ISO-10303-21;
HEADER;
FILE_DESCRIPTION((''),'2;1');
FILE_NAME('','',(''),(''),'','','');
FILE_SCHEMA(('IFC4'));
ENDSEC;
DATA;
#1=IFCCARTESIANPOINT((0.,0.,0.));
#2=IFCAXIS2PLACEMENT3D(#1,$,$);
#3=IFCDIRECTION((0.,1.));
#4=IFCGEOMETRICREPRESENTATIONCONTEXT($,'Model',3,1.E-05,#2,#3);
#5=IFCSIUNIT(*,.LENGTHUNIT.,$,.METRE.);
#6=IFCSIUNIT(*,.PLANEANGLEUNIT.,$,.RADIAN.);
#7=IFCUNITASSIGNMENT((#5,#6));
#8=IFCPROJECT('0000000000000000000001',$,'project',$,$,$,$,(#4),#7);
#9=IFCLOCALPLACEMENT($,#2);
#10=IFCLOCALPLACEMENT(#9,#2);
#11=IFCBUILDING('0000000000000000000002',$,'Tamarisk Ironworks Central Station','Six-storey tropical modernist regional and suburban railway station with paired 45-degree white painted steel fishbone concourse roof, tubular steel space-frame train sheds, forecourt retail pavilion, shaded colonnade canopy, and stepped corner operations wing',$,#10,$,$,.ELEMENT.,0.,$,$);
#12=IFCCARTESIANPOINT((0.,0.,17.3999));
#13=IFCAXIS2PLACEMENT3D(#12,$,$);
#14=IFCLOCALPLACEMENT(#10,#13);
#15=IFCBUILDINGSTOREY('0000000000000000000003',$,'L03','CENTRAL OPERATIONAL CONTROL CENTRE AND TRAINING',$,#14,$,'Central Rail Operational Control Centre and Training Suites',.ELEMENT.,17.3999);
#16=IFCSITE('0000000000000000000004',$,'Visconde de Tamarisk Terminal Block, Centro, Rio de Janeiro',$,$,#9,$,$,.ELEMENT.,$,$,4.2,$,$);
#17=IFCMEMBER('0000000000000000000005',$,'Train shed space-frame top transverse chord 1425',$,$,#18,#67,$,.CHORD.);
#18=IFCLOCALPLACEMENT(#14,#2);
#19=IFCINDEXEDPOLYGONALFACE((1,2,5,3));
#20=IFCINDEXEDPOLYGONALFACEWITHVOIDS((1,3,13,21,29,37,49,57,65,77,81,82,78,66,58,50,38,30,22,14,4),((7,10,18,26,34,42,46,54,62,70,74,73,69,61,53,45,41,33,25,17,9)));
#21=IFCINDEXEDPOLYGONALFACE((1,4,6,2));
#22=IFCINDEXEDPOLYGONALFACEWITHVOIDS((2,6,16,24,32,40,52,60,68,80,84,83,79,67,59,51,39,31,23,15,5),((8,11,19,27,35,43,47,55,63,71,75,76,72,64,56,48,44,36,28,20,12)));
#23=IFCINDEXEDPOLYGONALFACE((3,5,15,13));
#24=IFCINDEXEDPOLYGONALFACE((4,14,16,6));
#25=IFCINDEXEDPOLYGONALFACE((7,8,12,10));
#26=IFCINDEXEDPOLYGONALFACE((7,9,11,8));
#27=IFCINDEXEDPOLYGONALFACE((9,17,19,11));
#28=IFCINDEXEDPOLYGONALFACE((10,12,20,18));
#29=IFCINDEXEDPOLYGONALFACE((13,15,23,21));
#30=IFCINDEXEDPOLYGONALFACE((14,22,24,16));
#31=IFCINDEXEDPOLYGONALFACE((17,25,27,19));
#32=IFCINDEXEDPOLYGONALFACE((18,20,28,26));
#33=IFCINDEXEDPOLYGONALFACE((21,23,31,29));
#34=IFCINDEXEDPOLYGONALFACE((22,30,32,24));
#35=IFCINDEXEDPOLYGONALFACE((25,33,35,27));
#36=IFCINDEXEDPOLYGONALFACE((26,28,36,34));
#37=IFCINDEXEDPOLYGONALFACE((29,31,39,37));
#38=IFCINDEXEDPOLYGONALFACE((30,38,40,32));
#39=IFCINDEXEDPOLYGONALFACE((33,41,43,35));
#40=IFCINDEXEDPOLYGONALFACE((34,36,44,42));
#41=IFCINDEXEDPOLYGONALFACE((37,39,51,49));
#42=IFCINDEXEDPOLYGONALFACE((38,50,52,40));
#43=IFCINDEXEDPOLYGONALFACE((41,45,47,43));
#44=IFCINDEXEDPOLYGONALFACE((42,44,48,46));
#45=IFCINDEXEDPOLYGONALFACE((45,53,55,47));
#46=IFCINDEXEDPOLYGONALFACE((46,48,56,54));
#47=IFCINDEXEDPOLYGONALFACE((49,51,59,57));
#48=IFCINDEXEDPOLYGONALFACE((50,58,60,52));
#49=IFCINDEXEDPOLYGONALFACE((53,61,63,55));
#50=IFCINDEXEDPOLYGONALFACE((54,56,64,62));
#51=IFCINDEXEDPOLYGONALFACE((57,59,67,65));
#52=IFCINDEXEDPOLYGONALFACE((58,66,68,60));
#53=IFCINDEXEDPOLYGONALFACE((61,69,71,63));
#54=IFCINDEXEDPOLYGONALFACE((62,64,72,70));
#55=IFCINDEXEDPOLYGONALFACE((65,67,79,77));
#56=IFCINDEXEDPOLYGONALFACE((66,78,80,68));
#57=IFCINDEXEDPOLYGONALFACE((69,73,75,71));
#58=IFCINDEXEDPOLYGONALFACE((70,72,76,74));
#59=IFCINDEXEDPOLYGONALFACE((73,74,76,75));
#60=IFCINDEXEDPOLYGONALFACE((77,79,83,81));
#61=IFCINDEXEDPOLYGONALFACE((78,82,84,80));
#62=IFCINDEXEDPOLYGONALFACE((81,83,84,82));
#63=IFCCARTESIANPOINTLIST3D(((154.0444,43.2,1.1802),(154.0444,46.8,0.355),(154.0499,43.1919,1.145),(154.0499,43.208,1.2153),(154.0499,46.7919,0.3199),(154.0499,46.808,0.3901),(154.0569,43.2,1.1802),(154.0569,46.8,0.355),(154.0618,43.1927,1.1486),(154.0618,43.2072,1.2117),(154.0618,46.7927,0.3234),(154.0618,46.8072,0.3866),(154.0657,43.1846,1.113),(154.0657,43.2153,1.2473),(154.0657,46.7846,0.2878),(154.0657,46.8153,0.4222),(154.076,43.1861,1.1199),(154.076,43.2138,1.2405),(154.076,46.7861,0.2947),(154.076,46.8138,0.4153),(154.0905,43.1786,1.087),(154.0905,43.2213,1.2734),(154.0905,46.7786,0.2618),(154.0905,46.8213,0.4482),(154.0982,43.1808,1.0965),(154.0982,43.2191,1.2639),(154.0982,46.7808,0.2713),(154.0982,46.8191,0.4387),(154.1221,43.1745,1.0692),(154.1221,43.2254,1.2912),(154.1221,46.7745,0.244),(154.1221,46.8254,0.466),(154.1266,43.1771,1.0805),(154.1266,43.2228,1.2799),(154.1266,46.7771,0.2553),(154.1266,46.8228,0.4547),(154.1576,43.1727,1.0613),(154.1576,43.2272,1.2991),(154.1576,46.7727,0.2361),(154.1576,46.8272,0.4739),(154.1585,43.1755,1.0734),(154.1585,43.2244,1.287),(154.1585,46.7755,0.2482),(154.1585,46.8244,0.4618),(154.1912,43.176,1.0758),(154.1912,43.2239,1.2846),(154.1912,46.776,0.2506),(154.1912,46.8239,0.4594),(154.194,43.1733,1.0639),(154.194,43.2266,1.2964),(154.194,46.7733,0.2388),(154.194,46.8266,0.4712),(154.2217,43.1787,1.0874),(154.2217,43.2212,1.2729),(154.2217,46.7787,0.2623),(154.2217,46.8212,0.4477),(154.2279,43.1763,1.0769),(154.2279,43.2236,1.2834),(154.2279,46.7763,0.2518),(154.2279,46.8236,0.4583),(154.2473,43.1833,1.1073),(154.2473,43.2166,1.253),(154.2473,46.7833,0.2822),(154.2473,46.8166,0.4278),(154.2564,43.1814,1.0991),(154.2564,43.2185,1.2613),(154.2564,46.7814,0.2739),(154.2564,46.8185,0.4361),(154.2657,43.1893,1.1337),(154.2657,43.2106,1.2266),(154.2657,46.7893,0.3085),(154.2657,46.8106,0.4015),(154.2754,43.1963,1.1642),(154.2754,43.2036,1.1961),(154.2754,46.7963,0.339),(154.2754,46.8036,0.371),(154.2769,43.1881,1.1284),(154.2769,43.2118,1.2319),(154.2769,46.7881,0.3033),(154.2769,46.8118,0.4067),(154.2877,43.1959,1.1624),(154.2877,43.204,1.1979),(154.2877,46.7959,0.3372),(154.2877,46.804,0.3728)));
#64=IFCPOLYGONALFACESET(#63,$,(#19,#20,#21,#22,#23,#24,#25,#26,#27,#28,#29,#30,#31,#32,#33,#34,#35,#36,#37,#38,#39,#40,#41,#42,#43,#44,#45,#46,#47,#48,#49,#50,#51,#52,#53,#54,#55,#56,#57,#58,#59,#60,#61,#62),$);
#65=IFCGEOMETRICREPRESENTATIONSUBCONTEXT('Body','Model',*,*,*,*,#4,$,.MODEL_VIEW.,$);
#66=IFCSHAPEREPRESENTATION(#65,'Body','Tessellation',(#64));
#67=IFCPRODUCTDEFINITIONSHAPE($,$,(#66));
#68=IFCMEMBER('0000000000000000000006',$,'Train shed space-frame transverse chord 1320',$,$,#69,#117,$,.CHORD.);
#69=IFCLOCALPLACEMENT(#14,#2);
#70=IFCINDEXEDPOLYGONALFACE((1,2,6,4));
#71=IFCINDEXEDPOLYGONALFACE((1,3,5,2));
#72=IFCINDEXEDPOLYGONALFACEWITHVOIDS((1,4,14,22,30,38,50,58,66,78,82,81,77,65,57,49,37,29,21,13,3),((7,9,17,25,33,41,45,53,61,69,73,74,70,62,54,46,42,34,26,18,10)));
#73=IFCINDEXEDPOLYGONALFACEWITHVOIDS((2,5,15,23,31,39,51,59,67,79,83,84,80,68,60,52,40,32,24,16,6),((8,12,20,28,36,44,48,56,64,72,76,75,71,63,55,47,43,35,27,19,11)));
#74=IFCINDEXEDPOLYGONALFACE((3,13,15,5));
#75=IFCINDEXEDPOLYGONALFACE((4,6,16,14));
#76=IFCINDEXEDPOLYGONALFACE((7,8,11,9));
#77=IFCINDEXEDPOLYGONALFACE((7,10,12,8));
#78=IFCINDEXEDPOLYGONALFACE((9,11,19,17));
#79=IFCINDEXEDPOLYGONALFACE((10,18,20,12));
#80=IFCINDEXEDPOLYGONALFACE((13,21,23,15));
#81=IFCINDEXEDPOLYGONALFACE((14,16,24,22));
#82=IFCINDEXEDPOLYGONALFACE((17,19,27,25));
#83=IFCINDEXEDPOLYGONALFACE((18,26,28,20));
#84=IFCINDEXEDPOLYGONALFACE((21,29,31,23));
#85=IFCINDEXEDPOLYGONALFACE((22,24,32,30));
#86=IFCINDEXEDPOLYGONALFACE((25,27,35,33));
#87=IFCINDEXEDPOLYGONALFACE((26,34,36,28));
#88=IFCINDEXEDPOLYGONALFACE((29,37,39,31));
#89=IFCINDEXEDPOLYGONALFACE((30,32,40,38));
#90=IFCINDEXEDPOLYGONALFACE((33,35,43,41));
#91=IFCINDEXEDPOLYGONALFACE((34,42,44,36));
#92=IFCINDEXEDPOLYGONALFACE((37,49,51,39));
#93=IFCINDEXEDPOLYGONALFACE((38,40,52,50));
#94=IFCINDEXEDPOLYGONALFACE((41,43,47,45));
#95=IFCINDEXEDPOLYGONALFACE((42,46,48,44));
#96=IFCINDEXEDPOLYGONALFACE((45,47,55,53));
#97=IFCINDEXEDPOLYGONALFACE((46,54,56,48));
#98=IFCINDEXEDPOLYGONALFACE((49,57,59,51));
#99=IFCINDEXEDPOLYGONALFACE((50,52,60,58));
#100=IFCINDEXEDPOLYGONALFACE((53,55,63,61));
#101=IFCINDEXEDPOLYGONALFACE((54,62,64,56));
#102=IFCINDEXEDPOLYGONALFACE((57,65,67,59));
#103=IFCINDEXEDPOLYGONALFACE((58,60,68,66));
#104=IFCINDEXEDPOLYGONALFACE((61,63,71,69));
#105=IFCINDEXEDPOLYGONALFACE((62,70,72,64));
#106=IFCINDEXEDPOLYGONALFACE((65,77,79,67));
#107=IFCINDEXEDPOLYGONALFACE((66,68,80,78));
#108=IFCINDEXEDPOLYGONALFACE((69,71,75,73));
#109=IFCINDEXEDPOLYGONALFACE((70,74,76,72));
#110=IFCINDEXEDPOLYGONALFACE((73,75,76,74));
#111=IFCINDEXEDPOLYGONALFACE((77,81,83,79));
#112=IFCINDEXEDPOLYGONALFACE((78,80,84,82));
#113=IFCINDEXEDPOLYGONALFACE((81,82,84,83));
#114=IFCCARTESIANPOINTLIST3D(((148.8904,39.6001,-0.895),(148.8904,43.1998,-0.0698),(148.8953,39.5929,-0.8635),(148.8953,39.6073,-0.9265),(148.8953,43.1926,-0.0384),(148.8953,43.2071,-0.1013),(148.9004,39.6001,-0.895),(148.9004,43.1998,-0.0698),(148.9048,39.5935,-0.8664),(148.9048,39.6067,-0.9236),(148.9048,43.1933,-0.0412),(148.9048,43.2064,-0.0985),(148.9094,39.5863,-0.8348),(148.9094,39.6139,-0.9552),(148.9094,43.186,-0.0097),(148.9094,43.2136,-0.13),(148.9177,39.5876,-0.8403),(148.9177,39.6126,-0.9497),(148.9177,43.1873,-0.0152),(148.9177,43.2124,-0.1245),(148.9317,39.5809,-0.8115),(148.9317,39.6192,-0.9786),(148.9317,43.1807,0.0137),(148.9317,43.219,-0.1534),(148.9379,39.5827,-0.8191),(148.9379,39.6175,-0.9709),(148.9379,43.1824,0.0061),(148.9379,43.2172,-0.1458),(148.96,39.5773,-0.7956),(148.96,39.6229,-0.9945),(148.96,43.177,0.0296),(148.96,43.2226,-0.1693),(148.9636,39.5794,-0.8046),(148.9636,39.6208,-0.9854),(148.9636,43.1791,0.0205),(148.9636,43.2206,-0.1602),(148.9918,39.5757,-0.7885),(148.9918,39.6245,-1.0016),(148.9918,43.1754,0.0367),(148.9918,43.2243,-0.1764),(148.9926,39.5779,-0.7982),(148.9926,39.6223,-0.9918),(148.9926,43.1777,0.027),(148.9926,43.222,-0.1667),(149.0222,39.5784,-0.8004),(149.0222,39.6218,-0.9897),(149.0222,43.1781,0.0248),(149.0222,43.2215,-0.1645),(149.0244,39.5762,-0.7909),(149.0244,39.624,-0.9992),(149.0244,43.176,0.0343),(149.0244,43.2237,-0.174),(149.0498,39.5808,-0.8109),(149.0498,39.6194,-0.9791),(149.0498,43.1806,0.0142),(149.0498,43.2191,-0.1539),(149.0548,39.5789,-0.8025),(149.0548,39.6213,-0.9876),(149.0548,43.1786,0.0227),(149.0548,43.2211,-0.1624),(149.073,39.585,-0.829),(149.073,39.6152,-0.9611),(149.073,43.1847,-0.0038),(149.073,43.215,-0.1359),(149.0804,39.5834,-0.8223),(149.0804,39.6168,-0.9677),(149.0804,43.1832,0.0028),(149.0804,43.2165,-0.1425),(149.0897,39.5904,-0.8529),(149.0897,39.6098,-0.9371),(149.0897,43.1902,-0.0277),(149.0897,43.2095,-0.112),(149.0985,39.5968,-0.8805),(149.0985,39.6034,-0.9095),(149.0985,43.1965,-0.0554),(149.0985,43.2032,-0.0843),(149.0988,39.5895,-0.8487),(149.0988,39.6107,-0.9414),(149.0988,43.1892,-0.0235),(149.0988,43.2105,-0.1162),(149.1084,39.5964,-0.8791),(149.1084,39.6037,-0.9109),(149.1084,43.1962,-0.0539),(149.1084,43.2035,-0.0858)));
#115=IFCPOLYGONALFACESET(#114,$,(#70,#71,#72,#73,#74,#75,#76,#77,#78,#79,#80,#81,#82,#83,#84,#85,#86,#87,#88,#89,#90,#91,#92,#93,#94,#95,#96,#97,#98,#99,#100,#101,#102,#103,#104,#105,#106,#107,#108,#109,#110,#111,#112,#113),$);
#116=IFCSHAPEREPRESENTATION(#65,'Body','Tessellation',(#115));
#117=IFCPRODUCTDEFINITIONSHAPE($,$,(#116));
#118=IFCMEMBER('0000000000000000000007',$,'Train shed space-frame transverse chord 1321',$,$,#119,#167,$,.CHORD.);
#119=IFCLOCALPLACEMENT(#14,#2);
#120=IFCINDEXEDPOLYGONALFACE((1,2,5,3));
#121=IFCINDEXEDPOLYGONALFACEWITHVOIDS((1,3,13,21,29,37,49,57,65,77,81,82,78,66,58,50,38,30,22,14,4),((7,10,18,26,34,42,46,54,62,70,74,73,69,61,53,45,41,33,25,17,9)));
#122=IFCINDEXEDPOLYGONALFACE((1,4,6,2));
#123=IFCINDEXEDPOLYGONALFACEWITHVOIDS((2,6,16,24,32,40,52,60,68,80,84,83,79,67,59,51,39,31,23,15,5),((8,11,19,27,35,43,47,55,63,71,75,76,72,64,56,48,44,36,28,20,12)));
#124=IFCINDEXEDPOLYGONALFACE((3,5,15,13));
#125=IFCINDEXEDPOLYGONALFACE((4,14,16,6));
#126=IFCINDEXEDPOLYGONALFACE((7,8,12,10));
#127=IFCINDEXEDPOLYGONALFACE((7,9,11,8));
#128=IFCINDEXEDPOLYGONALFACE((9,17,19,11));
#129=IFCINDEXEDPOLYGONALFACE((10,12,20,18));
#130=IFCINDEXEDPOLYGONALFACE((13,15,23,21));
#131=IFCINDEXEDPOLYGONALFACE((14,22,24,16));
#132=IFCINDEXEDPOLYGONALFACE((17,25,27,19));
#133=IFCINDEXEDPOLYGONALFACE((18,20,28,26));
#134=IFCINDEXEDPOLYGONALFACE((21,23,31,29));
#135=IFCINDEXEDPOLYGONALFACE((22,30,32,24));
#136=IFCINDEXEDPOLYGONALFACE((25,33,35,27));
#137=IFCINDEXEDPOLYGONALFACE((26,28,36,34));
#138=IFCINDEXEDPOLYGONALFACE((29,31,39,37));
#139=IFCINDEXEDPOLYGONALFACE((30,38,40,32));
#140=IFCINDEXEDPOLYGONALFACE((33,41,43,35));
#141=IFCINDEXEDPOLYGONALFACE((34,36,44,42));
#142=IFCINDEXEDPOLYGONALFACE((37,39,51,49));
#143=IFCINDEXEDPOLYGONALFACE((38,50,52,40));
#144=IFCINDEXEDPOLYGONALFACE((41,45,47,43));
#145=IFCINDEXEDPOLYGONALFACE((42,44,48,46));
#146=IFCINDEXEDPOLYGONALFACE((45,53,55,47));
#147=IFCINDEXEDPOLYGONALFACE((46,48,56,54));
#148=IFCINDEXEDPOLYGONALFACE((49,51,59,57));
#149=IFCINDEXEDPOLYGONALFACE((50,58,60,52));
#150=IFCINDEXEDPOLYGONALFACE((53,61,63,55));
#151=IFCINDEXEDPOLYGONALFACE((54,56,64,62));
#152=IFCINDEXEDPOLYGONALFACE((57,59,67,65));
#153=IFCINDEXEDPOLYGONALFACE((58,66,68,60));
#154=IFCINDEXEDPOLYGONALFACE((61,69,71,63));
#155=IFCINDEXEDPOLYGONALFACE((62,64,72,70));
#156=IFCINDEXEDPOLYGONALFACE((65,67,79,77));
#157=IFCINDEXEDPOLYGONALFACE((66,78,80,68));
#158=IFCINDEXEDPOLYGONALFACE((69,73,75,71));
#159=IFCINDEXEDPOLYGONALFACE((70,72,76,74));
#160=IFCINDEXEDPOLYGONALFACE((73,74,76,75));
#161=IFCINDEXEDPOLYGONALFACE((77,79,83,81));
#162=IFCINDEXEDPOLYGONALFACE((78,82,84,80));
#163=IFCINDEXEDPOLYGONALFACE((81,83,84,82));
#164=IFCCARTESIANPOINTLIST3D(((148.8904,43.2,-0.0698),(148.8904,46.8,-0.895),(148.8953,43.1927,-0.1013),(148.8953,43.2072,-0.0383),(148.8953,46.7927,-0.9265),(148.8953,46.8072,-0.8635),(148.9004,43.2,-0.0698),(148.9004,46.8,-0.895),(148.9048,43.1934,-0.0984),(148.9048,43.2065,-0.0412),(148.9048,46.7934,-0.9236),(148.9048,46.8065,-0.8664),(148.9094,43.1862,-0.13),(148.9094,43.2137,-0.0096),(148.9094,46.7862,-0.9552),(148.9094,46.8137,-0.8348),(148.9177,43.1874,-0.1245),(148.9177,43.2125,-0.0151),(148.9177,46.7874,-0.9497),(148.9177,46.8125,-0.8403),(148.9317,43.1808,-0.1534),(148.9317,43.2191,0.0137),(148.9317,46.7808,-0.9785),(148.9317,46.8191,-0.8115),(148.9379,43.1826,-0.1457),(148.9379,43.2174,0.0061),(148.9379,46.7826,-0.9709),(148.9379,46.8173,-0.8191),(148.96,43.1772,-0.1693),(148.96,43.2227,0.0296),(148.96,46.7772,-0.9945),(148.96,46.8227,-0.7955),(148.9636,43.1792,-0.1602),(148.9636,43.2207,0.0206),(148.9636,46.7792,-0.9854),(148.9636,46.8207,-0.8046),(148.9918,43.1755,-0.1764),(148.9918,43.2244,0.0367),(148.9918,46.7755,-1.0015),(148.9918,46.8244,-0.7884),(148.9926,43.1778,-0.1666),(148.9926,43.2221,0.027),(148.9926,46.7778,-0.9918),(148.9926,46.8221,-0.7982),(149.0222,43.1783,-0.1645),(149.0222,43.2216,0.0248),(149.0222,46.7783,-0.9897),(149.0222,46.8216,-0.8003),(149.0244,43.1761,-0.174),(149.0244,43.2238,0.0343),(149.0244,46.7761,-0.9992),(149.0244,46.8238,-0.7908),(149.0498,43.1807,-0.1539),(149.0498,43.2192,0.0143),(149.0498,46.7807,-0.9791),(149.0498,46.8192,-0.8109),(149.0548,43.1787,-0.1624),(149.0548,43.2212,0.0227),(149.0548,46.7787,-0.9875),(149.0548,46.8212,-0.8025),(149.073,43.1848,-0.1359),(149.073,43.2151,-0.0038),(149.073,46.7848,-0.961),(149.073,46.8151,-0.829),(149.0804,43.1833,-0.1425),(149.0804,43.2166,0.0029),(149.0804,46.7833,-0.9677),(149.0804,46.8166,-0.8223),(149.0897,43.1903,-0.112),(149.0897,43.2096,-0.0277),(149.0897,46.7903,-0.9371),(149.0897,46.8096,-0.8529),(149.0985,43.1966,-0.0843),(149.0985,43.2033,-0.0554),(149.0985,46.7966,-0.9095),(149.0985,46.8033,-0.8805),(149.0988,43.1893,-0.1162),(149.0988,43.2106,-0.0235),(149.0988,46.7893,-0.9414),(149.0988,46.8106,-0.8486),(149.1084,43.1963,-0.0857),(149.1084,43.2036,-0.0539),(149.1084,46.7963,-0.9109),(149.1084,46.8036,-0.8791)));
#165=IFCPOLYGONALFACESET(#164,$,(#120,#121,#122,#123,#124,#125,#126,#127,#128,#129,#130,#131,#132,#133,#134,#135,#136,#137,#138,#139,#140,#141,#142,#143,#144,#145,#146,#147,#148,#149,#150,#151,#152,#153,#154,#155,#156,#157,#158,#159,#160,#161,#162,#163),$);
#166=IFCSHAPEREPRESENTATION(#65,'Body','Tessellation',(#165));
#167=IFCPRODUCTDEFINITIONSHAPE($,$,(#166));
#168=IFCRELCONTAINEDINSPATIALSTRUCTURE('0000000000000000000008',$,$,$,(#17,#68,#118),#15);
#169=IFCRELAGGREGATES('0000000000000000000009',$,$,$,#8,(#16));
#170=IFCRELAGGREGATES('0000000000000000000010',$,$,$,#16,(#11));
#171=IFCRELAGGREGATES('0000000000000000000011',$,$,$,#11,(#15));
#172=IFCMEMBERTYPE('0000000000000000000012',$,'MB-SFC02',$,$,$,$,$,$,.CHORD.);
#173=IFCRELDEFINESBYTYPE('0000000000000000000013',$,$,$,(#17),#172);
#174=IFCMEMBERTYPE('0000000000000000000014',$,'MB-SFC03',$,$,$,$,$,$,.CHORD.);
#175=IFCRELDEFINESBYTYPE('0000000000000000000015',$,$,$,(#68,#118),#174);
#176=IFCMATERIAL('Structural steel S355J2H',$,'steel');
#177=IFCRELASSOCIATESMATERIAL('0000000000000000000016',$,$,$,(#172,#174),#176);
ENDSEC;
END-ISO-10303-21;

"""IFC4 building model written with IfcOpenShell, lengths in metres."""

from ifc_helpers import new_model, si_unit, direction, frame, origin, origin_2d, place, context, subcontext, project, spatial, hollow_circle, extrude, material, material_profile, profile_set, type_object, element, save


model = new_model("IFC4")

# Units and contexts
model_context = context("Model", 3, precision=1e-05, world=origin(), true_north=direction((0.0, 1.0)))
body_context = subcontext(model_context, "Body", "Model", "MODEL_VIEW")
ifc_project = project(units=[si_unit("LENGTHUNIT", "METRE"), si_unit("PLANEANGLEUNIT", "RADIAN")], contexts=[model_context])

# Site, building, storey
site_placement = place(None, origin())
site = spatial("IfcSite", under=ifc_project, at=site_placement, Name="Visconde de Tamarisk Terminal Block, Centro, Rio de Janeiro", CompositionType="ELEMENT", RefElevation=4.2)
building_placement = place(site_placement, origin())
building = spatial("IfcBuilding", under=site, at=building_placement, Name="Tamarisk Ironworks Central Station", Description="Six-storey tropical modernist regional and suburban railway station with paired 45-degree white painted steel fishbone concourse roof, tubular steel space-frame train sheds, forecourt retail pavilion, shaded colonnade canopy, and stepped corner operations wing", CompositionType="ELEMENT", ElevationOfRefHeight=0.0)
storey_placement = place(building_placement, frame((0.0, 0.0, 17.3999)))
storey = spatial("IfcBuildingStorey", under=building, at=storey_placement, Name="L03", Description="CENTRAL OPERATIONAL CONTROL CENTRE AND TRAINING", LongName="Central Rail Operational Control Centre and Training Suites", CompositionType="ELEMENT", Elevation=17.3999)

# Members
ifc_material = material(Name="Structural steel S355J2H", Category="steel")
ifc_material_profile_1 = material_profile(ifc_material, hollow_circle(Radius=0.1223, WallThickness=0.0125, at=origin_2d()), Name="CHS 244.5x12.5")
ifc_profile_set_1 = profile_set([ifc_material_profile_1], Name="Structural steel S355J2H")
member_type_1 = type_object("IfcMemberType", Name="MB-SFC02", PredefinedType="CHORD", material=ifc_profile_set_1)
member_1_placement = place(storey_placement, frame((154.1667, 43.2, 1.1802), z_axis=(0.0, 0.974722, -0.223421), x_axis=(-1.0, 0.0, 0.0)))
element("IfcMember", 1, at=member_1_placement, inside=storey, type_object=member_type_1, Name="Train shed space-frame top transverse chord 1425", PredefinedType="CHORD", context=body_context, shape_type="SweptSolid", body=[
    extrude(hollow_circle(Radius=0.1223, WallThickness=0.0125, at=origin_2d()), origin(), (0.0, 0.0, 1.0), 3.6934),
])
ifc_material_profile_2 = material_profile(ifc_material, hollow_circle(Radius=0.1096, WallThickness=0.01, at=origin_2d()), Name="CHS 219.1x10")
ifc_profile_set_2 = profile_set([ifc_material_profile_2], Name="Structural steel S355J2H")
member_type_2 = type_object("IfcMemberType", Name="MB-SFC03", PredefinedType="CHORD", material=ifc_profile_set_2)
member_2_placement = place(storey_placement, frame((149.0, 39.6001, -0.895), z_axis=(0.0, 0.974719, 0.223435), x_axis=(-1.0, 0.0, 0.0)))
element("IfcMember", 2, at=member_2_placement, inside=storey, type_object=member_type_2, Name="Train shed space-frame transverse chord 1320", PredefinedType="CHORD", context=body_context, shape_type="SweptSolid", body=[
    extrude(hollow_circle(Radius=0.1096, WallThickness=0.01, at=origin_2d()), origin(), (0.0, 0.0, 1.0), 3.6931),
])
member_3_placement = place(storey_placement, frame((149.0, 43.2, -0.0698), z_axis=(0.0, 0.974722, -0.223421), x_axis=(-1.0, 0.0, 0.0)))
element("IfcMember", 3, at=member_3_placement, inside=storey, type_object=member_type_2, Name="Train shed space-frame transverse chord 1321", PredefinedType="CHORD", context=body_context, shape_type="SweptSolid", body=[
    extrude(hollow_circle(Radius=0.1096, WallThickness=0.01, at=origin_2d()), origin(), (0.0, 0.0, 1.0), 3.6934),
])

save(model, "model.ifc")
